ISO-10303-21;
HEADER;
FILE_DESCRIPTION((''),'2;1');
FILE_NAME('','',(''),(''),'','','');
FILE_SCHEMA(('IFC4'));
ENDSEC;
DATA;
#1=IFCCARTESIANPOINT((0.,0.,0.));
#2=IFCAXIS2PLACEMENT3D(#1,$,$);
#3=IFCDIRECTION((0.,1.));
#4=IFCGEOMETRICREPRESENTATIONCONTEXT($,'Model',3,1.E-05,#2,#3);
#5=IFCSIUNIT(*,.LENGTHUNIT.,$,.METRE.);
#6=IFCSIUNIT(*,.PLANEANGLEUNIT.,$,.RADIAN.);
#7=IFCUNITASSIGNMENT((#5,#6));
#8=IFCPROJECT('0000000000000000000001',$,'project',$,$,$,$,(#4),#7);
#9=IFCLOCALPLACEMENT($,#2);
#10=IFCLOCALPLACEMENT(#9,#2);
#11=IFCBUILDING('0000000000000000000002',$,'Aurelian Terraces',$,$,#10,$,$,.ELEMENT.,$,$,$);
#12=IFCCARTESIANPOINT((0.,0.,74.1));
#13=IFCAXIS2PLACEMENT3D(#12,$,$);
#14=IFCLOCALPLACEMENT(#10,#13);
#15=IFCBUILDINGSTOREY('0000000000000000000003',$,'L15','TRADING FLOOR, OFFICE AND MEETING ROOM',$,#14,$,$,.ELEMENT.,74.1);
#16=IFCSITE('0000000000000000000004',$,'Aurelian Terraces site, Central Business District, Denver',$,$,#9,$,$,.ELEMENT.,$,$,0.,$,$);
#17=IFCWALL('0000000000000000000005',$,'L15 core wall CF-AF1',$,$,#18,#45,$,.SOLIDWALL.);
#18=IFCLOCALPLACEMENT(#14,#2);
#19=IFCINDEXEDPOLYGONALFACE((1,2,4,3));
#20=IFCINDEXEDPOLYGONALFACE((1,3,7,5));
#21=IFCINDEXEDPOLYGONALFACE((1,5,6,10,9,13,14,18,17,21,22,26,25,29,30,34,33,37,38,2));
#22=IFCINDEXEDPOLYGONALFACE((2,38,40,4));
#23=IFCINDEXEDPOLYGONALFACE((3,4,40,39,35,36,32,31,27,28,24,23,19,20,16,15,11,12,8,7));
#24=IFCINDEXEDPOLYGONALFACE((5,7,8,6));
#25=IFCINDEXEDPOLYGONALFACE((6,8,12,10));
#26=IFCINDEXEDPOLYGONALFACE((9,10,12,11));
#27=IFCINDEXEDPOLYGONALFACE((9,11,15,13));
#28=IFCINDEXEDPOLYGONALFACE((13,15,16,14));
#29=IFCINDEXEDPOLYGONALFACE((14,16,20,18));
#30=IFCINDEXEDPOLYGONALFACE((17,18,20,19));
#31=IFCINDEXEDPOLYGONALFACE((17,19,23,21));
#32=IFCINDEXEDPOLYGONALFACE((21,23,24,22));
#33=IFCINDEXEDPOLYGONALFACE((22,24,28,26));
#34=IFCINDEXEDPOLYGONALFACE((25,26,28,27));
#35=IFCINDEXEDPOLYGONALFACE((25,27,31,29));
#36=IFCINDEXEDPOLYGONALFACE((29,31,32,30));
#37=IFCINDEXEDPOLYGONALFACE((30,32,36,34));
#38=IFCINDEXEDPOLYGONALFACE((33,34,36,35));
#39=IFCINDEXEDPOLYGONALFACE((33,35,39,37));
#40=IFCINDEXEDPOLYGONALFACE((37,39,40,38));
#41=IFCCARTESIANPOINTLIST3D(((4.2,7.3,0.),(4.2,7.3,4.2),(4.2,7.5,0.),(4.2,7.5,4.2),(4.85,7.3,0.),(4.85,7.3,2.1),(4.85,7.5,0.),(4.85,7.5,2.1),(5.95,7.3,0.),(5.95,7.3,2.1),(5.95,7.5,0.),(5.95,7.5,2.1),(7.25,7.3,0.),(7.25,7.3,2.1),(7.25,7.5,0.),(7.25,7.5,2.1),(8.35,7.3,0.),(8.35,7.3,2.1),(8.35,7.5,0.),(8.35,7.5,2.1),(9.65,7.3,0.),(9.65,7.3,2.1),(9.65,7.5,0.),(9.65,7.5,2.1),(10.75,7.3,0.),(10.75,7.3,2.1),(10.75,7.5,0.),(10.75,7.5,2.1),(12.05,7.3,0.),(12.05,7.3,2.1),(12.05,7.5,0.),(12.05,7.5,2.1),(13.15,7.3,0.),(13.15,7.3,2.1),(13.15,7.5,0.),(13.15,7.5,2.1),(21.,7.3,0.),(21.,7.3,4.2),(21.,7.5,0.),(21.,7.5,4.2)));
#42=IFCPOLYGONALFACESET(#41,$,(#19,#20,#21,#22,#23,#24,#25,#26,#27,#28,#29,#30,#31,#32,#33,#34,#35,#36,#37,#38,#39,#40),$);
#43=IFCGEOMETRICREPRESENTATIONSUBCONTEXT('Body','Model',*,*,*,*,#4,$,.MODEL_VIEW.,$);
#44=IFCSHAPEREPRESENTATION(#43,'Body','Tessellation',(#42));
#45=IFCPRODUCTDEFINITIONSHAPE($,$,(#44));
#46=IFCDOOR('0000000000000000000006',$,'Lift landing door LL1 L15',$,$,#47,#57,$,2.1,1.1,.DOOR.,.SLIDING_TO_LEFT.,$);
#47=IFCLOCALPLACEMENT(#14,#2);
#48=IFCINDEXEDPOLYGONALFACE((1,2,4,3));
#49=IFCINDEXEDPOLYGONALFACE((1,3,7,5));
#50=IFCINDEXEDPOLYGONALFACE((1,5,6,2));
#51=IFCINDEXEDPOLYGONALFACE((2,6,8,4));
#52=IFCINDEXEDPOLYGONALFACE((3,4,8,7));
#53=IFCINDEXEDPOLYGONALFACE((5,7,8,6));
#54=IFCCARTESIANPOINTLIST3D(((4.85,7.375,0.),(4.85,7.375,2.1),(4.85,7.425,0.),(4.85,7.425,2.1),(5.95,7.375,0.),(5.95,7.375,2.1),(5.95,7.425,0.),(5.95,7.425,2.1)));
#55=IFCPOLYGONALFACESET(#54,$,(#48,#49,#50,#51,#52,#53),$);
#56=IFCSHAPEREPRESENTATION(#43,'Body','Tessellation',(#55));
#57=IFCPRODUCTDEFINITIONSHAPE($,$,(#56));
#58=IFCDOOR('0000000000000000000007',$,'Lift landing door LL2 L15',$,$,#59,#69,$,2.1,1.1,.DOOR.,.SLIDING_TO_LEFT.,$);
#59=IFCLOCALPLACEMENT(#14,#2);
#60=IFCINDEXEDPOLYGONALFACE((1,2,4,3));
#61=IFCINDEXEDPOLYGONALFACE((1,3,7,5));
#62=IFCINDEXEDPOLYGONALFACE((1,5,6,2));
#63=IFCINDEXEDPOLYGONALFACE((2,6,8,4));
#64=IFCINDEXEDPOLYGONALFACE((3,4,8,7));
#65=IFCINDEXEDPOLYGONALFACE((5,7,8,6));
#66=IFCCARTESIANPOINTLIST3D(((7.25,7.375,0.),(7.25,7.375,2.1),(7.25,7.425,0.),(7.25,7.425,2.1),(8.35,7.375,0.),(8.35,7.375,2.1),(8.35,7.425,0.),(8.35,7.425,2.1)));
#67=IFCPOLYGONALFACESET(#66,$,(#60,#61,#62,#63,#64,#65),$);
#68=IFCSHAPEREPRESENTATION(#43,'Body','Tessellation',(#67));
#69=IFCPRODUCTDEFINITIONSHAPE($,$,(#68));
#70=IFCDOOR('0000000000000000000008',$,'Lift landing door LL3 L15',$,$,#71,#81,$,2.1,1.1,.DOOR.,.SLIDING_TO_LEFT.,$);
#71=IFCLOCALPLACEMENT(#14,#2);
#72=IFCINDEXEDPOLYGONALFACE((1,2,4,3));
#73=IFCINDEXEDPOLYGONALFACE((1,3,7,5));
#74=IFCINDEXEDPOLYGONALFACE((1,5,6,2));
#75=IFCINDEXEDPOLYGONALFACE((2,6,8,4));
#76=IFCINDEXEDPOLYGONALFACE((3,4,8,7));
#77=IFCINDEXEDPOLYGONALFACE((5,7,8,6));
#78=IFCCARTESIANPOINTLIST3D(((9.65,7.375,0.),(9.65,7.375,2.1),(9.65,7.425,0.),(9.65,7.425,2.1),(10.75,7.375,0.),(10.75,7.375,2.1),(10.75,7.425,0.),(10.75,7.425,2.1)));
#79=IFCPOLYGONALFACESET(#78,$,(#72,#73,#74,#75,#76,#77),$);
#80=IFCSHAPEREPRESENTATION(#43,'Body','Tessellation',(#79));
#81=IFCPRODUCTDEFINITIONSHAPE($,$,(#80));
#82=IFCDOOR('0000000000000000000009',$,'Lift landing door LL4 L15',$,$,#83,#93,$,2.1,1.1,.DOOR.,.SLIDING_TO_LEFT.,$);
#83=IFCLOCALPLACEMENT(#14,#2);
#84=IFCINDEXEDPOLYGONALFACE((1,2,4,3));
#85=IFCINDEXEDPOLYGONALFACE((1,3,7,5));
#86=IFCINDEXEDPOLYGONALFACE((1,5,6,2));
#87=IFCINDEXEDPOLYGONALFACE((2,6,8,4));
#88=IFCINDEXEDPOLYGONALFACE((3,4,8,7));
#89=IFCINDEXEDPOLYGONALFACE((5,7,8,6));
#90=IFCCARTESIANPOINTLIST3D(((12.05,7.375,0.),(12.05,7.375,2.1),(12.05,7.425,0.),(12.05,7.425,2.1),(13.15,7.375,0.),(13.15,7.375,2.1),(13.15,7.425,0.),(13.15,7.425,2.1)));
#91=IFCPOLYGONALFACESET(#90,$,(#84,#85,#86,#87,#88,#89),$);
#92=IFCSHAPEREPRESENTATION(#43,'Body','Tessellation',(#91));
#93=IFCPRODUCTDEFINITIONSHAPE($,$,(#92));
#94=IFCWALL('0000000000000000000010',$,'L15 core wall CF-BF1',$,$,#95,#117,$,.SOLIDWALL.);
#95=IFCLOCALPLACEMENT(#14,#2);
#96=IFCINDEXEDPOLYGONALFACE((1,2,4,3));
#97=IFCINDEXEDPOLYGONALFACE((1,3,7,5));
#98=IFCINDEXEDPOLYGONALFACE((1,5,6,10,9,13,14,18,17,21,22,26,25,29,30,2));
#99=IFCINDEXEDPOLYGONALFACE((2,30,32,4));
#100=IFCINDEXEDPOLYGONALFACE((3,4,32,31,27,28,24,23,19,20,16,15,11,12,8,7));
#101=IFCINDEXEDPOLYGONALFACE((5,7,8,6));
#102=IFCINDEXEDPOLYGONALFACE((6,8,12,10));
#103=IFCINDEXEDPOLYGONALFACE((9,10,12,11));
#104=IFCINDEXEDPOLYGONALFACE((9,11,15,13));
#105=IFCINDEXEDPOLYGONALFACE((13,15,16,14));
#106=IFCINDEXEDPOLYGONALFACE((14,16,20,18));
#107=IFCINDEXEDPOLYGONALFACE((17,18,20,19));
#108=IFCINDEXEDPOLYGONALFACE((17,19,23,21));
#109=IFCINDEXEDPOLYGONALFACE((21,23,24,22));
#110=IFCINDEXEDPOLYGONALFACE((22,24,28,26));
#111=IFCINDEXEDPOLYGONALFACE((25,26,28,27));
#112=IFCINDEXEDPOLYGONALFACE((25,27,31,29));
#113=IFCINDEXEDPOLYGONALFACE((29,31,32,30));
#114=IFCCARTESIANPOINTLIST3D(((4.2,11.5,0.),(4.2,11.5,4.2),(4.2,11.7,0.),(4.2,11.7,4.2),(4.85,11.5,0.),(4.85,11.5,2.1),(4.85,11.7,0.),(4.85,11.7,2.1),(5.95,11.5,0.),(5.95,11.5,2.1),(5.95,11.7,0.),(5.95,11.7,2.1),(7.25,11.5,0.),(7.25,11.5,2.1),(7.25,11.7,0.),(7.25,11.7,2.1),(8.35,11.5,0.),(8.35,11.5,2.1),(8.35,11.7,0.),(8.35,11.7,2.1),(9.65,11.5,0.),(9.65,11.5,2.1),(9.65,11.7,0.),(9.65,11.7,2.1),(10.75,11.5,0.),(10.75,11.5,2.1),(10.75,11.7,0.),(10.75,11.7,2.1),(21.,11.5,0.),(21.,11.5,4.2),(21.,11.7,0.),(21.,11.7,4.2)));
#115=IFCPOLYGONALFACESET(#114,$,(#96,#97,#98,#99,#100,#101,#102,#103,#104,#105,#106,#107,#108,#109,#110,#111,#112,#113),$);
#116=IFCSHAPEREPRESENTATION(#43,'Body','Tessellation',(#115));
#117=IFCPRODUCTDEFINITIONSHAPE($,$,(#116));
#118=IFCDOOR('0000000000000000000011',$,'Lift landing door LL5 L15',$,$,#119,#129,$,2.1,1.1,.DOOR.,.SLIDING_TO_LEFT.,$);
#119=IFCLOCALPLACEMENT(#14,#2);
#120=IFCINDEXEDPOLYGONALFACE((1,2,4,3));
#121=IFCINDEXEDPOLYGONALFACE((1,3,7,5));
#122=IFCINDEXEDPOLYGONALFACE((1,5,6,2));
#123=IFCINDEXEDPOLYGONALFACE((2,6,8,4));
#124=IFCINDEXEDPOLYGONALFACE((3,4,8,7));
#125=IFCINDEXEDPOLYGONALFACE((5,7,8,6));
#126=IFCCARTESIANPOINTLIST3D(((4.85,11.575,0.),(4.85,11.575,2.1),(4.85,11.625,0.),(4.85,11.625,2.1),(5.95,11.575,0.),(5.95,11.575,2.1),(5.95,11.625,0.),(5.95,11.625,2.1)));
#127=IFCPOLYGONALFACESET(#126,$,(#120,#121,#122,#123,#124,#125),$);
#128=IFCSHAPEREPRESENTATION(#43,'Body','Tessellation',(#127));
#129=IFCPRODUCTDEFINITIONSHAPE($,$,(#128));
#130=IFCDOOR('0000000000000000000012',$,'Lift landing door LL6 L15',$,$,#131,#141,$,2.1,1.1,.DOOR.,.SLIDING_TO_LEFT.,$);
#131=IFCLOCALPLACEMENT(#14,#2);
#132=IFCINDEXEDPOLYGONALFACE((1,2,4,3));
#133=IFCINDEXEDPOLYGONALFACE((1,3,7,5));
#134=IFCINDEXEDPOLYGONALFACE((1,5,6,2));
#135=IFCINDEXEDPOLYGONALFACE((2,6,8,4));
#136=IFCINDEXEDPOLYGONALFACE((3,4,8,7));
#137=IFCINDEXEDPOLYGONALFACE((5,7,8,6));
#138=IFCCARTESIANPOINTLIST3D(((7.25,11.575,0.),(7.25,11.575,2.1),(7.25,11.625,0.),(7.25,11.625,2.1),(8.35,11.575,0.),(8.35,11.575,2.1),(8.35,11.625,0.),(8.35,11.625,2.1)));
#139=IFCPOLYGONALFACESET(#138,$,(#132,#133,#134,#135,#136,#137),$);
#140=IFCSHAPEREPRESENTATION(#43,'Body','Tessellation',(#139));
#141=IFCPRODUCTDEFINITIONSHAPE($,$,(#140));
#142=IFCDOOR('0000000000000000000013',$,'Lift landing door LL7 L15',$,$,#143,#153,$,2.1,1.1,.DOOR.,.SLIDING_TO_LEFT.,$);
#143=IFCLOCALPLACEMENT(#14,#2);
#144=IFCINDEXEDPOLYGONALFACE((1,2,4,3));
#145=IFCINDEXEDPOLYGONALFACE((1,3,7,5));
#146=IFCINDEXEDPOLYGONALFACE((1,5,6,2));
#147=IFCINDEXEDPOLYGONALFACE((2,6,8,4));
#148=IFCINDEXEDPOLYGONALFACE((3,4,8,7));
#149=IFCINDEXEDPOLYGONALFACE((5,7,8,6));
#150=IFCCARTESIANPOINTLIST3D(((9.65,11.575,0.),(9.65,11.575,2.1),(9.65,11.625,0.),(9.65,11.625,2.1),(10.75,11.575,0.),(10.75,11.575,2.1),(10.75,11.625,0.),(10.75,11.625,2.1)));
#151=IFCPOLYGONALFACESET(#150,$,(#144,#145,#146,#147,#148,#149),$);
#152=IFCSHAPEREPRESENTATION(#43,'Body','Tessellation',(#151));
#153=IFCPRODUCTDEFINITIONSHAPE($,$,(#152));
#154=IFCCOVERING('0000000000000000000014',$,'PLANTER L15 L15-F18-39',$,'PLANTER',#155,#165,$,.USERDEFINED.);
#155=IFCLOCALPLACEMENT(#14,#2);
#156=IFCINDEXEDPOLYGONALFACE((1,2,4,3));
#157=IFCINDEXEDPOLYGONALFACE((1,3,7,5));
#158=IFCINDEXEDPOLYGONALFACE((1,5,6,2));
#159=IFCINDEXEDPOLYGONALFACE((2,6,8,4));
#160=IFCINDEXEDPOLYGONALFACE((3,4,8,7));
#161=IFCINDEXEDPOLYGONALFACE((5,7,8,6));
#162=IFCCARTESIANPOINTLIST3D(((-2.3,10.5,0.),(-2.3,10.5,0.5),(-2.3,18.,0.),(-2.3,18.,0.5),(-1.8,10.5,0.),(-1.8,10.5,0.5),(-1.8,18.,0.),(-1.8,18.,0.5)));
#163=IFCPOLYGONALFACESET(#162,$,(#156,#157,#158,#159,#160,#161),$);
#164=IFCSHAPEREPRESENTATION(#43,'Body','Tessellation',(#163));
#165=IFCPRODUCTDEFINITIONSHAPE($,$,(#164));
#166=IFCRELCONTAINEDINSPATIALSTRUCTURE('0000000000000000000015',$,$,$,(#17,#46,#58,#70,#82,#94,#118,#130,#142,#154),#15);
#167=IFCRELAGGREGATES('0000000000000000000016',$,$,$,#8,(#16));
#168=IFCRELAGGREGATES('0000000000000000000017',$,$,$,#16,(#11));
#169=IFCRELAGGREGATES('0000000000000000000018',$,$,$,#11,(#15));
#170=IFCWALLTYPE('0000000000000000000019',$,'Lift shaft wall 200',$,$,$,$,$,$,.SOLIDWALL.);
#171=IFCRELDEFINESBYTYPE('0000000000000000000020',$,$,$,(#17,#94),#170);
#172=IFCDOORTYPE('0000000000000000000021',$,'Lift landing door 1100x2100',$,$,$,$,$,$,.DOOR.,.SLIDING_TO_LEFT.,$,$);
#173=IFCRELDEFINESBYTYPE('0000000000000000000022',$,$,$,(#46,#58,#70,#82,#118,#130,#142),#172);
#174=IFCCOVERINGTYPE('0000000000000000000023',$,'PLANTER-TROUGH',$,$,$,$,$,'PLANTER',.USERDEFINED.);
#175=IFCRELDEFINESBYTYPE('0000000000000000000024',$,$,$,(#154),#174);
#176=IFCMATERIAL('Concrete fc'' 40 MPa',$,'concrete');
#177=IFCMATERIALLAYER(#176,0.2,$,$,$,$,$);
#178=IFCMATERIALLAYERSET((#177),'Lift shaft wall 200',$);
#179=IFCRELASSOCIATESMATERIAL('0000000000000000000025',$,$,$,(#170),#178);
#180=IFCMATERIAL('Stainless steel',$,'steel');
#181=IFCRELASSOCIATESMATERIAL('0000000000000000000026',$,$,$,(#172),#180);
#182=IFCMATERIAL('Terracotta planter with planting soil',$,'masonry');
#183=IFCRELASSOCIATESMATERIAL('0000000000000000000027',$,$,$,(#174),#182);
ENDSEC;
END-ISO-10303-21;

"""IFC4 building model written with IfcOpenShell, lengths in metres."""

from ifc_helpers import new_model, si_unit, direction, frame, frame_2d, origin, origin_2d, place, context, subcontext, project, spatial, rectangle, extrude, source, transform, mapped, material, layer, layer_set, type_object, element, fill, save


model = new_model("IFC4")

# Units and contexts
model_context = context("Model", 3, precision=1e-05, world=origin(), true_north=direction((0.0, 1.0)))
body_context = subcontext(model_context, "Body", "Model", "MODEL_VIEW")
ifc_project = project(units=[si_unit("LENGTHUNIT", "METRE"), si_unit("PLANEANGLEUNIT", "RADIAN")], contexts=[model_context])

# Site, building, storey
site_placement = place(None, origin())
site = spatial("IfcSite", under=ifc_project, at=site_placement, Name="Aurelian Terraces site, Central Business District, Denver", CompositionType="ELEMENT", RefElevation=0.0)
building_placement = place(site_placement, origin())
building = spatial("IfcBuilding", under=site, at=building_placement, Name="Aurelian Terraces", CompositionType="ELEMENT")
storey_placement = place(building_placement, frame((0.0, 0.0, 74.1)))
storey = spatial("IfcBuildingStorey", under=building, at=storey_placement, Name="L15", Description="TRADING FLOOR, OFFICE AND MEETING ROOM", CompositionType="ELEMENT", Elevation=74.1)

# Shared definitions
ifc_material_1 = material(Name="Concrete fc' 40 MPa", Category="concrete")

# Walls, openings, doors
ifc_layer_1 = layer(ifc_material_1, 0.2)
ifc_layer_set_1 = layer_set([ifc_layer_1], Name="Lift shaft wall 200")
wall_type_1 = type_object("IfcWallType", Name="Lift shaft wall 200", PredefinedType="SOLIDWALL", material=ifc_layer_set_1)
shared_shape_1 = source(origin(), body_context, "Body", "SweptSolid", [
    extrude(rectangle(XDim=16.8, YDim=0.2, at=frame_2d((8.4, 0.0))), origin(), (0.0, 0.0, 1.0), 4.2),
])
wall_1_placement = place(storey_placement, frame((4.2, 7.4, 0.0), z_axis=(0.0, 0.0, 1.0), x_axis=(1.0, 0.0, 0.0)))
wall_1 = element("IfcWall", 1, at=wall_1_placement, inside=storey, type_object=wall_type_1, Name="L15 core wall CF-AF1", PredefinedType="SOLIDWALL", context=body_context, shape_type="MappedRepresentation", body=[
    mapped(shared_shape_1, transform((0.0, 0.0, 0.0), scale=1.0)),
])
shared_shape_2 = source(origin(), body_context, "Body", "SweptSolid", [
    extrude(rectangle(XDim=1.1, YDim=2.1, at=frame_2d((0.55, 1.05))), frame((0.0, 0.11, 0.0), z_axis=(0.0, -1.0, 0.0), x_axis=(1.0, 0.0, 0.0)), (0.0, 0.0, 1.0), 0.22),
])
opening_1_placement = place(wall_1_placement, frame((0.65, 0.0, 0.0)))
opening_1 = element("IfcOpeningElement", 2, at=opening_1_placement, cuts=wall_1, PredefinedType="OPENING", context=body_context, shape_type="MappedRepresentation", body=[
    mapped(shared_shape_2, transform((0.0, 0.0, 0.0), scale=1.0)),
])
opening_2_placement = place(wall_1_placement, frame((3.05, 0.0, 0.0)))
opening_2 = element("IfcOpeningElement", 3, at=opening_2_placement, cuts=wall_1, PredefinedType="OPENING", context=body_context, shape_type="MappedRepresentation", body=[
    mapped(shared_shape_2, transform((0.0, 0.0, 0.0), scale=1.0)),
])
opening_3_placement = place(wall_1_placement, frame((5.45, 0.0, 0.0)))
opening_3 = element("IfcOpeningElement", 4, at=opening_3_placement, cuts=wall_1, PredefinedType="OPENING", context=body_context, shape_type="MappedRepresentation", body=[
    mapped(shared_shape_2, transform((0.0, 0.0, 0.0), scale=1.0)),
])
opening_4_placement = place(wall_1_placement, frame((7.85, 0.0, 0.0)))
opening_4 = element("IfcOpeningElement", 5, at=opening_4_placement, cuts=wall_1, PredefinedType="OPENING", context=body_context, shape_type="MappedRepresentation", body=[
    mapped(shared_shape_2, transform((0.0, 0.0, 0.0), scale=1.0)),
])
ifc_material_2 = material(Name="Stainless steel", Category="steel")
door_type = type_object("IfcDoorType", Name="Lift landing door 1100x2100", OperationType="SLIDING_TO_LEFT", PredefinedType="DOOR", material=ifc_material_2)
shared_shape_3 = source(origin(), body_context, "Body", "SweptSolid", [
    extrude(rectangle(XDim=1.1, YDim=2.1, at=frame_2d((0.55, 1.05))), frame((0.0, 0.025, 0.0), z_axis=(0.0, -1.0, 0.0), x_axis=(1.0, 0.0, 0.0)), (0.0, 0.0, 1.0), 0.05),
])
door_1_placement = place(opening_1_placement, origin())
door_1 = element("IfcDoor", 6, at=door_1_placement, inside=storey, type_object=door_type, Name="Lift landing door LL1 L15", OperationType="SLIDING_TO_LEFT", OverallHeight=2.1, OverallWidth=1.1, PredefinedType="DOOR", context=body_context, shape_type="MappedRepresentation", body=[
    mapped(shared_shape_3, transform((0.0, 0.0, 0.0), scale=1.0)),
])
fill(opening_1, door_1)
door_2_placement = place(opening_2_placement, origin())
door_2 = element("IfcDoor", 7, at=door_2_placement, inside=storey, type_object=door_type, Name="Lift landing door LL2 L15", OperationType="SLIDING_TO_LEFT", OverallHeight=2.1, OverallWidth=1.1, PredefinedType="DOOR", context=body_context, shape_type="MappedRepresentation", body=[
    mapped(shared_shape_3, transform((0.0, 0.0, 0.0), scale=1.0)),
])
fill(opening_2, door_2)
door_3_placement = place(opening_3_placement, origin())
door_3 = element("IfcDoor", 8, at=door_3_placement, inside=storey, type_object=door_type, Name="Lift landing door LL3 L15", OperationType="SLIDING_TO_LEFT", OverallHeight=2.1, OverallWidth=1.1, PredefinedType="DOOR", context=body_context, shape_type="MappedRepresentation", body=[
    mapped(shared_shape_3, transform((0.0, 0.0, 0.0), scale=1.0)),
])
fill(opening_3, door_3)
door_4_placement = place(opening_4_placement, origin())
door_4 = element("IfcDoor", 9, at=door_4_placement, inside=storey, type_object=door_type, Name="Lift landing door LL4 L15", OperationType="SLIDING_TO_LEFT", OverallHeight=2.1, OverallWidth=1.1, PredefinedType="DOOR", context=body_context, shape_type="MappedRepresentation", body=[
    mapped(shared_shape_3, transform((0.0, 0.0, 0.0), scale=1.0)),
])
fill(opening_4, door_4)
wall_2_placement = place(storey_placement, frame((4.2, 11.6, 0.0), z_axis=(0.0, 0.0, 1.0), x_axis=(1.0, 0.0, 0.0)))
wall_2 = element("IfcWall", 10, at=wall_2_placement, inside=storey, type_object=wall_type_1, Name="L15 core wall CF-BF1", PredefinedType="SOLIDWALL", context=body_context, shape_type="MappedRepresentation", body=[
    mapped(shared_shape_1, transform((0.0, 0.0, 0.0), scale=1.0)),
])
opening_5_placement = place(wall_2_placement, frame((0.65, 0.0, 0.0)))
opening_5 = element("IfcOpeningElement", 11, at=opening_5_placement, cuts=wall_2, PredefinedType="OPENING", context=body_context, shape_type="MappedRepresentation", body=[
    mapped(shared_shape_2, transform((0.0, 0.0, 0.0), scale=1.0)),
])
opening_6_placement = place(wall_2_placement, frame((3.05, 0.0, 0.0)))
opening_6 = element("IfcOpeningElement", 12, at=opening_6_placement, cuts=wall_2, PredefinedType="OPENING", context=body_context, shape_type="MappedRepresentation", body=[
    mapped(shared_shape_2, transform((0.0, 0.0, 0.0), scale=1.0)),
])
opening_7_placement = place(wall_2_placement, frame((5.45, 0.0, 0.0)))
opening_7 = element("IfcOpeningElement", 13, at=opening_7_placement, cuts=wall_2, PredefinedType="OPENING", context=body_context, shape_type="MappedRepresentation", body=[
    mapped(shared_shape_2, transform((0.0, 0.0, 0.0), scale=1.0)),
])
door_5_placement = place(opening_5_placement, origin())
door_5 = element("IfcDoor", 14, at=door_5_placement, inside=storey, type_object=door_type, Name="Lift landing door LL5 L15", OperationType="SLIDING_TO_LEFT", OverallHeight=2.1, OverallWidth=1.1, PredefinedType="DOOR", context=body_context, shape_type="MappedRepresentation", body=[
    mapped(shared_shape_3, transform((0.0, 0.0, 0.0), scale=1.0)),
])
fill(opening_5, door_5)
door_6_placement = place(opening_6_placement, origin())
door_6 = element("IfcDoor", 15, at=door_6_placement, inside=storey, type_object=door_type, Name="Lift landing door LL6 L15", OperationType="SLIDING_TO_LEFT", OverallHeight=2.1, OverallWidth=1.1, PredefinedType="DOOR", context=body_context, shape_type="MappedRepresentation", body=[
    mapped(shared_shape_3, transform((0.0, 0.0, 0.0), scale=1.0)),
])
fill(opening_6, door_6)
door_7_placement = place(opening_7_placement, origin())
door_7 = element("IfcDoor", 16, at=door_7_placement, inside=storey, type_object=door_type, Name="Lift landing door LL7 L15", OperationType="SLIDING_TO_LEFT", OverallHeight=2.1, OverallWidth=1.1, PredefinedType="DOOR", context=body_context, shape_type="MappedRepresentation", body=[
    mapped(shared_shape_3, transform((0.0, 0.0, 0.0), scale=1.0)),
])
fill(opening_7, door_7)

# Covering
ifc_material_3 = material(Name="Terracotta planter with planting soil", Category="masonry")
covering_type_1 = type_object("IfcCoveringType", Name="PLANTER-TROUGH", ElementType="PLANTER", PredefinedType="USERDEFINED", material=ifc_material_3)
covering_1_placement = place(storey_placement, frame((-2.05, 14.25, 0.0), z_axis=(0.0, 0.0, 1.0), x_axis=(1.0, 0.0, 0.0)))
element("IfcCovering", 17, at=covering_1_placement, inside=storey, type_object=covering_type_1, Name="PLANTER L15 L15-F18-39", ObjectType="PLANTER", PredefinedType="USERDEFINED", context=body_context, shape_type="SweptSolid", body=[
    extrude(rectangle(XDim=0.5, YDim=7.5, at=origin_2d()), origin(), (0.0, 0.0, 1.0), 0.5),
])

save(model, "model.ifc")
